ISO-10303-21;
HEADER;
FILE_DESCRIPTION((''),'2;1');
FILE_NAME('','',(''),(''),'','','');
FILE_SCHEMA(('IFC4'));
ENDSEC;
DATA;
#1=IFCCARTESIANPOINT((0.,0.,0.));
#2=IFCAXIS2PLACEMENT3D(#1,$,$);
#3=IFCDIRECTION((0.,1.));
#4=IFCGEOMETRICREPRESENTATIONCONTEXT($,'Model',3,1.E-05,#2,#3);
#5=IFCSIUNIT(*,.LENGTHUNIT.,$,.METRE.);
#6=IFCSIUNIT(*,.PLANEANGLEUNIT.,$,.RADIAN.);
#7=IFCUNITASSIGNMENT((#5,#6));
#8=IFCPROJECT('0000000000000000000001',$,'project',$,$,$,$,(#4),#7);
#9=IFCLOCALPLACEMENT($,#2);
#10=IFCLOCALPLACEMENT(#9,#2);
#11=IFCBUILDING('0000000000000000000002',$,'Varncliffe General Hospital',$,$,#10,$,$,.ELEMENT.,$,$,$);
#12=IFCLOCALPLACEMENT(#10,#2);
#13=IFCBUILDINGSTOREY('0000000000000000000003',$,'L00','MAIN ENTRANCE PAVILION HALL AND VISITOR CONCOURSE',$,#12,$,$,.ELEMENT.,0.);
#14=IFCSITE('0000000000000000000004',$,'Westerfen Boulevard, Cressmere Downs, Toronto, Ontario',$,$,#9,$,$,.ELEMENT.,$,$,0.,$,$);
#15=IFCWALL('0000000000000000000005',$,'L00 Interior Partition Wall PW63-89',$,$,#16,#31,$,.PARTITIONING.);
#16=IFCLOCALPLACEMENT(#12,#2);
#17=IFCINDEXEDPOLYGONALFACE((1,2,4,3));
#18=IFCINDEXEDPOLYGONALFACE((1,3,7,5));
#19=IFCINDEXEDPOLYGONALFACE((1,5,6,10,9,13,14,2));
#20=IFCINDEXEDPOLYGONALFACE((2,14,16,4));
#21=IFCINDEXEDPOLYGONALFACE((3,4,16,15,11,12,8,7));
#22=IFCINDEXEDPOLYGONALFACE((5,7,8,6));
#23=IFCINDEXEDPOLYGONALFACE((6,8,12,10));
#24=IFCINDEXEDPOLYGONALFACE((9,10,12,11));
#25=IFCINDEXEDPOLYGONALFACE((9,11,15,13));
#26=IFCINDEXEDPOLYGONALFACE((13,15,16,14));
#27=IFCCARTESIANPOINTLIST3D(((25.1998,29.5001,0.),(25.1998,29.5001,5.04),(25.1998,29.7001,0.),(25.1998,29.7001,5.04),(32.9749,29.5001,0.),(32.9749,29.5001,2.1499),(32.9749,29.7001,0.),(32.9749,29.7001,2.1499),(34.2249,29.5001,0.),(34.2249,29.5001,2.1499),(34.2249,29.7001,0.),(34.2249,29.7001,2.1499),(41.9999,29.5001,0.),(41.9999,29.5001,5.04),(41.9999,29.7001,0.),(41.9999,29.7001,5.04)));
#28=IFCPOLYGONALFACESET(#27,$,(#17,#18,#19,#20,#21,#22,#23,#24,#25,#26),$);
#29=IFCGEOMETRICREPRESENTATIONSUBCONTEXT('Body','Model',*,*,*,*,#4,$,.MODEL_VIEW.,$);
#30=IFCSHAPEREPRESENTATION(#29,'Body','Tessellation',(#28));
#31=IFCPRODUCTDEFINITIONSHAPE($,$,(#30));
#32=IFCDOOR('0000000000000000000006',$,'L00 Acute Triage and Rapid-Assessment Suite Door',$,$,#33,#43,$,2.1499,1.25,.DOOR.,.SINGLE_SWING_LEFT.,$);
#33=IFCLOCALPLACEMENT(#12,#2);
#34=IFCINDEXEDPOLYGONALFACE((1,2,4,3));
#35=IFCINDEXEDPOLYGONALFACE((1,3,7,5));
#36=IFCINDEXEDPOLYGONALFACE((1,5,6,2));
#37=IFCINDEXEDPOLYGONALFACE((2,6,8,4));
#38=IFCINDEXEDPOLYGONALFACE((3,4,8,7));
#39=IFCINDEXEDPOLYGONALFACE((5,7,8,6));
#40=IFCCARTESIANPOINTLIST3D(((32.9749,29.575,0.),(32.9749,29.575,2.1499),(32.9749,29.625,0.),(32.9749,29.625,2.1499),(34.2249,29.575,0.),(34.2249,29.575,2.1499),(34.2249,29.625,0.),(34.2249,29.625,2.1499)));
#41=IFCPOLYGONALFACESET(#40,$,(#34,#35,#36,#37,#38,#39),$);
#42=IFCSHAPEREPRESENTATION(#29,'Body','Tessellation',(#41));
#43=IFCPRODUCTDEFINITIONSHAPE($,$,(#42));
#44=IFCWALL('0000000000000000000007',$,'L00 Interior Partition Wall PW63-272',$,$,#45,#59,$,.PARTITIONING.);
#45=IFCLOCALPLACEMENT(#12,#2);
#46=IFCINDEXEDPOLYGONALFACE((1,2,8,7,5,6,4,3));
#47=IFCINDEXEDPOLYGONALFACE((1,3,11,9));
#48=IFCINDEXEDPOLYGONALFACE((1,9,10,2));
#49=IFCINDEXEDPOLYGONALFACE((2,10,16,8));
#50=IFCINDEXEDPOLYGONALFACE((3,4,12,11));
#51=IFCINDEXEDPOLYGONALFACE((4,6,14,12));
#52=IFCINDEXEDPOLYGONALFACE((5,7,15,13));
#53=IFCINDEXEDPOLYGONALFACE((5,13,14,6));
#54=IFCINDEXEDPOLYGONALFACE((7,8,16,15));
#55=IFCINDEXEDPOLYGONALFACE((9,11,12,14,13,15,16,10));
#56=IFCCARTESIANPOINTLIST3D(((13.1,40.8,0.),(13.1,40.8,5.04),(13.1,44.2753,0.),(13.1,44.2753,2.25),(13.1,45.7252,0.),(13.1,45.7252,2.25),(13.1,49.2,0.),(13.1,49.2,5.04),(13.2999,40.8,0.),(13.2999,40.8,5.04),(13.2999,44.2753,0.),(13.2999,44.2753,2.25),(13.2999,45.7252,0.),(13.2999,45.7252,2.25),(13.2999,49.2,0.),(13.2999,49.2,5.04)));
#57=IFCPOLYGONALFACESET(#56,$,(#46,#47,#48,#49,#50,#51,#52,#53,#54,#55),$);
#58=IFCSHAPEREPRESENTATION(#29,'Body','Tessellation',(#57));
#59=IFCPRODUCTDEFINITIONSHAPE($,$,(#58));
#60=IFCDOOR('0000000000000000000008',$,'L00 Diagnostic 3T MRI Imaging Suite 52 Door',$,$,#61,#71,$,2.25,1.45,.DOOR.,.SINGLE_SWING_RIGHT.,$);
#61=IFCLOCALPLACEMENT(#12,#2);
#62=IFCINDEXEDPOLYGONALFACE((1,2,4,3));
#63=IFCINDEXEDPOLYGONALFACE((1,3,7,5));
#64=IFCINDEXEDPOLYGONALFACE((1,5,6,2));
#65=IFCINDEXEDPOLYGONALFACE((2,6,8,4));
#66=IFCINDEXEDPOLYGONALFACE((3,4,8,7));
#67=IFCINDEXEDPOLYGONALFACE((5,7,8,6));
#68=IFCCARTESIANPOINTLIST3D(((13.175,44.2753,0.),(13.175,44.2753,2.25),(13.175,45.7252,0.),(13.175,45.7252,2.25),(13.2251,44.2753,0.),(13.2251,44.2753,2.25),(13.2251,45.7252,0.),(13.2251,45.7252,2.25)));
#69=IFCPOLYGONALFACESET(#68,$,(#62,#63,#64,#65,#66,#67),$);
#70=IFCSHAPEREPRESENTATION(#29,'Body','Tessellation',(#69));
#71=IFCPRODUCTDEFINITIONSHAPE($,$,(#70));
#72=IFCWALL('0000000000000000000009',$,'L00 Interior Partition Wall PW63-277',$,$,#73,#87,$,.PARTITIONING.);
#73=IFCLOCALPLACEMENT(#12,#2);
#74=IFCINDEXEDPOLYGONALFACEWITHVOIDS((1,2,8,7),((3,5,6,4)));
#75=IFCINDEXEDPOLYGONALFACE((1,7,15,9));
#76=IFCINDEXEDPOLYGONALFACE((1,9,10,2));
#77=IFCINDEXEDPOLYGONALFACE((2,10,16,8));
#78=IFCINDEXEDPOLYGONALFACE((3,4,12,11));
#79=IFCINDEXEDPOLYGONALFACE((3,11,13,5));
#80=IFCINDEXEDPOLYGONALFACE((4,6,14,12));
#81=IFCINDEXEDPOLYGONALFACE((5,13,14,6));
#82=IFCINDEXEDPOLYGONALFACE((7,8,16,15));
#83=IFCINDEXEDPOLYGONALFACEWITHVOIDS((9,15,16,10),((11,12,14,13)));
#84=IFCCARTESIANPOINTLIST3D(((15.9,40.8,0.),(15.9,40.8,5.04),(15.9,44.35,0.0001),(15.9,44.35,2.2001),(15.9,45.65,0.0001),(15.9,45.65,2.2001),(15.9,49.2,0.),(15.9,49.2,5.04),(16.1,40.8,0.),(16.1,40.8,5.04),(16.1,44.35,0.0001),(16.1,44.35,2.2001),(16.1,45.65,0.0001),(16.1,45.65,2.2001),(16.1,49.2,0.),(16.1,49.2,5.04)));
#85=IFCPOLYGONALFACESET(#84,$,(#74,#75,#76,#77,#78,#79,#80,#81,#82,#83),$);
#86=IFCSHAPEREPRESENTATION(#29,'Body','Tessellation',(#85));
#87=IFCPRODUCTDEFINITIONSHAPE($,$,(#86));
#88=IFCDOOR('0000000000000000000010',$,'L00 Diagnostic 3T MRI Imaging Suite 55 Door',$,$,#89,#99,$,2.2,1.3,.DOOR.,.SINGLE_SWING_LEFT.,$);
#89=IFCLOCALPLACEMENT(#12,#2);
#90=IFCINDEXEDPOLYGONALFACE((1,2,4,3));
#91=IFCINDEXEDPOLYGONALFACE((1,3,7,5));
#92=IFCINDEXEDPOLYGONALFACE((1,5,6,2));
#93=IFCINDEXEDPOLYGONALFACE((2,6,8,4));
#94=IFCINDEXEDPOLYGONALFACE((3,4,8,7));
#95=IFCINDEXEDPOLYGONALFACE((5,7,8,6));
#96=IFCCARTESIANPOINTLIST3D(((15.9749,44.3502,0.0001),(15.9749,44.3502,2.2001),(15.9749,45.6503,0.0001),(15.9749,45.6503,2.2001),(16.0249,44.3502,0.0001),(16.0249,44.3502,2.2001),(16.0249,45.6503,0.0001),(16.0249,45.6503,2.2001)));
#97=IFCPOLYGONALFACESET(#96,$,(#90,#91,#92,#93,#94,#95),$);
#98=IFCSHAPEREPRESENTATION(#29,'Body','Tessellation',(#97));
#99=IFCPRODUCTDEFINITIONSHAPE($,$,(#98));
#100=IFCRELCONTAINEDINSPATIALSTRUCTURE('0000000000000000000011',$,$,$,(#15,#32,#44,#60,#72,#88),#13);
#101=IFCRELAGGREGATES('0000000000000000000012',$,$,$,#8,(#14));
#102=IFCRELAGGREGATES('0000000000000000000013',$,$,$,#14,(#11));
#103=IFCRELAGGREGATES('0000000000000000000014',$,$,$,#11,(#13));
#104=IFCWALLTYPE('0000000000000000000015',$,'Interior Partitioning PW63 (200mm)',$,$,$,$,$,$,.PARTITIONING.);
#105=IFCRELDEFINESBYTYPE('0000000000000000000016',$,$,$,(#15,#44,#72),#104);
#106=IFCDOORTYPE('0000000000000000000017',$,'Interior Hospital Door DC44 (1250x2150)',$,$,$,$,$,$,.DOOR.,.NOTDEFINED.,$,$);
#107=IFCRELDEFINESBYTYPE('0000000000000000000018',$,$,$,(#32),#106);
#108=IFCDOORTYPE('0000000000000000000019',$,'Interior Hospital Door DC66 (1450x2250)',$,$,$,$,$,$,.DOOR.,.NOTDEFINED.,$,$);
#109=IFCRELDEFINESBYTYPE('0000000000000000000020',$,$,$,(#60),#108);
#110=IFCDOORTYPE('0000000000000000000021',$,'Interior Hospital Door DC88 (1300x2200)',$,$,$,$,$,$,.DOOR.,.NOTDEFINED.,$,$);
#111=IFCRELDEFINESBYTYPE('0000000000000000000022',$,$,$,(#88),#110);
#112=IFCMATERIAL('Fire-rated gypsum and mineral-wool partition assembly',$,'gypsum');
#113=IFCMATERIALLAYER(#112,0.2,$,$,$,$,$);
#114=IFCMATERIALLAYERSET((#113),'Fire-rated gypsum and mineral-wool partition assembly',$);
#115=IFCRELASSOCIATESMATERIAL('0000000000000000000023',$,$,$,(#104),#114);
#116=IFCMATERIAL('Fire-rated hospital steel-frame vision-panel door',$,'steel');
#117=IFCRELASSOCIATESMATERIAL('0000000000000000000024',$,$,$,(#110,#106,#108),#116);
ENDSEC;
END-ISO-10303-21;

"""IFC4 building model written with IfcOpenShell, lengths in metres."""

from ifc_helpers import new_model, si_unit, direction, frame, frame_2d, origin, place, context, subcontext, project, spatial, rectangle, extrude, material, layer, layer_set, type_object, element, fill, save


model = new_model("IFC4")

# Units and contexts
model_context = context("Model", 3, precision=1e-05, world=origin(), true_north=direction((0.0, 1.0)))
body_context = subcontext(model_context, "Body", "Model", "MODEL_VIEW")
ifc_project = project(units=[si_unit("LENGTHUNIT", "METRE"), si_unit("PLANEANGLEUNIT", "RADIAN")], contexts=[model_context])

# Site, building, storey
site_placement = place(None, origin())
site = spatial("IfcSite", under=ifc_project, at=site_placement, Name="Westerfen Boulevard, Cressmere Downs, Toronto, Ontario", CompositionType="ELEMENT", RefElevation=0.0)
building_placement = place(site_placement, origin())
building = spatial("IfcBuilding", under=site, at=building_placement, Name="Varncliffe General Hospital", CompositionType="ELEMENT")
storey_placement = place(building_placement, origin())
storey = spatial("IfcBuildingStorey", under=building, at=storey_placement, Name="L00", Description="MAIN ENTRANCE PAVILION HALL AND VISITOR CONCOURSE", CompositionType="ELEMENT", Elevation=0.0)

# Walls, openings, doors
ifc_material_1 = material(Name="Fire-rated gypsum and mineral-wool partition assembly", Category="gypsum")
ifc_layer_1 = layer(ifc_material_1, 0.2)
ifc_layer_set_1 = layer_set([ifc_layer_1], Name="Fire-rated gypsum and mineral-wool partition assembly")
wall_type_1 = type_object("IfcWallType", Name="Interior Partitioning PW63 (200mm)", PredefinedType="PARTITIONING", material=ifc_layer_set_1)
ifc_material_2 = material(Name="Fire-rated hospital steel-frame vision-panel door", Category="steel")
door_type_1 = type_object("IfcDoorType", Name="Interior Hospital Door DC88 (1300x2200)", OperationType="NOTDEFINED", PredefinedType="DOOR", material=ifc_material_2)
wall_1_placement = place(storey_placement, frame((25.2, 29.6001, 0.0), z_axis=(0.0, 0.0, 1.0), x_axis=(1.0, 0.0, 0.0)))
wall_1 = element("IfcWall", 1, at=wall_1_placement, inside=storey, type_object=wall_type_1, Name="L00 Interior Partition Wall PW63-89", PredefinedType="PARTITIONING", context=body_context, shape_type="SweptSolid", body=[
    extrude(rectangle(XDim=16.8, YDim=0.2, at=frame_2d((8.3999, 0.0))), origin(), (0.0, 0.0, 1.0), 5.04),
])
opening_1_placement = place(wall_1_placement, frame((7.7749, 0.0, 0.0)))
opening_1 = element("IfcOpeningElement", 2, at=opening_1_placement, cuts=wall_1, PredefinedType="OPENING", context=body_context, shape_type="SweptSolid", body=[
    extrude(rectangle(XDim=1.25, YDim=2.1499, at=frame_2d((0.625, 1.075))), frame((0.0, 0.1099, 0.0), z_axis=(0.0, -1.0, 0.0), x_axis=(1.0, 0.0, 0.0)), (0.0, 0.0, 1.0), 0.22),
])
door_type_2 = type_object("IfcDoorType", Name="Interior Hospital Door DC44 (1250x2150)", OperationType="NOTDEFINED", PredefinedType="DOOR", material=ifc_material_2)
door_1_placement = place(opening_1_placement, origin())
door_1 = element("IfcDoor", 3, at=door_1_placement, inside=storey, type_object=door_type_2, Name="L00 Acute Triage and Rapid-Assessment Suite Door", OperationType="SINGLE_SWING_LEFT", OverallHeight=2.1499, OverallWidth=1.25, PredefinedType="DOOR", context=body_context, shape_type="SweptSolid", body=[
    extrude(rectangle(XDim=1.25, YDim=2.1499, at=frame_2d((0.625, 1.075))), frame((0.0, 0.0249, 0.0), z_axis=(0.0, -1.0, 0.0), x_axis=(1.0, 0.0, 0.0)), (0.0, 0.0, 1.0), 0.05),
])
fill(opening_1, door_1)
wall_2_placement = place(storey_placement, frame((13.2, 40.8, 0.0), z_axis=(0.0, 0.0, 1.0), x_axis=(0.0, 1.0, 0.0)))
wall_2 = element("IfcWall", 4, at=wall_2_placement, inside=storey, type_object=wall_type_1, Name="L00 Interior Partition Wall PW63-272", PredefinedType="PARTITIONING", context=body_context, shape_type="SweptSolid", body=[
    extrude(rectangle(XDim=8.3999, YDim=0.2, at=frame_2d((4.2, 0.0))), origin(), (0.0, 0.0, 1.0), 5.04),
])
opening_2_placement = place(wall_2_placement, frame((3.4751, 0.0, 0.0)))
opening_2 = element("IfcOpeningElement", 5, at=opening_2_placement, cuts=wall_2, PredefinedType="OPENING", context=body_context, shape_type="SweptSolid", body=[
    extrude(rectangle(XDim=1.45, YDim=2.25, at=frame_2d((0.7251, 1.125))), frame((0.0, 0.1099, 0.0), z_axis=(0.0, -1.0, 0.0), x_axis=(1.0, 0.0, 0.0)), (0.0, 0.0, 1.0), 0.22),
])
door_type_3 = type_object("IfcDoorType", Name="Interior Hospital Door DC66 (1450x2250)", OperationType="NOTDEFINED", PredefinedType="DOOR", material=ifc_material_2)
door_2_placement = place(opening_2_placement, origin())
door_2 = element("IfcDoor", 6, at=door_2_placement, inside=storey, type_object=door_type_3, Name="L00 Diagnostic 3T MRI Imaging Suite 52 Door", OperationType="SINGLE_SWING_RIGHT", OverallHeight=2.25, OverallWidth=1.45, PredefinedType="DOOR", context=body_context, shape_type="SweptSolid", body=[
    extrude(rectangle(XDim=1.45, YDim=2.25, at=frame_2d((0.7251, 1.125))), frame((0.0, 0.0249, 0.0), z_axis=(0.0, -1.0, 0.0), x_axis=(1.0, 0.0, 0.0)), (0.0, 0.0, 1.0), 0.05),
])
fill(opening_2, door_2)
wall_3_placement = place(storey_placement, frame((16.0, 40.8, 0.0), z_axis=(0.0, 0.0, 1.0), x_axis=(0.0, 1.0, 0.0)))
wall_3 = element("IfcWall", 7, at=wall_3_placement, inside=storey, type_object=wall_type_1, Name="L00 Interior Partition Wall PW63-277", PredefinedType="PARTITIONING", context=body_context, shape_type="SweptSolid", body=[
    extrude(rectangle(XDim=8.3999, YDim=0.2, at=frame_2d((4.2, 0.0))), origin(), (0.0, 0.0, 1.0), 5.04),
])
opening_3_placement = place(wall_3_placement, frame((3.55, 0.0, 0.0)))
opening_3 = element("IfcOpeningElement", 8, at=opening_3_placement, cuts=wall_3, PredefinedType="OPENING", context=body_context, shape_type="SweptSolid", body=[
    extrude(rectangle(XDim=1.3, YDim=2.2, at=frame_2d((0.6499, 1.1001))), frame((0.0, 0.1099, 0.0), z_axis=(0.0, -1.0, 0.0), x_axis=(1.0, 0.0, 0.0)), (0.0, 0.0, 1.0), 0.22),
])
door_3_placement = place(opening_3_placement, frame((1.3, 0.0, 0.0), z_axis=(0.0, 0.0, 1.0), x_axis=(-1.0, 0.0, 0.0)))
door_3 = element("IfcDoor", 9, at=door_3_placement, inside=storey, type_object=door_type_1, Name="L00 Diagnostic 3T MRI Imaging Suite 55 Door", OperationType="SINGLE_SWING_LEFT", OverallHeight=2.2, OverallWidth=1.3, PredefinedType="DOOR", context=body_context, shape_type="SweptSolid", body=[
    extrude(rectangle(XDim=1.3, YDim=2.2, at=frame_2d((0.6499, 1.1001))), frame((0.0, 0.0249, 0.0), z_axis=(0.0, -1.0, 0.0), x_axis=(1.0, 0.0, 0.0)), (0.0, 0.0, 1.0), 0.05),
])
fill(opening_3, door_3)

save(model, "model.ifc")
